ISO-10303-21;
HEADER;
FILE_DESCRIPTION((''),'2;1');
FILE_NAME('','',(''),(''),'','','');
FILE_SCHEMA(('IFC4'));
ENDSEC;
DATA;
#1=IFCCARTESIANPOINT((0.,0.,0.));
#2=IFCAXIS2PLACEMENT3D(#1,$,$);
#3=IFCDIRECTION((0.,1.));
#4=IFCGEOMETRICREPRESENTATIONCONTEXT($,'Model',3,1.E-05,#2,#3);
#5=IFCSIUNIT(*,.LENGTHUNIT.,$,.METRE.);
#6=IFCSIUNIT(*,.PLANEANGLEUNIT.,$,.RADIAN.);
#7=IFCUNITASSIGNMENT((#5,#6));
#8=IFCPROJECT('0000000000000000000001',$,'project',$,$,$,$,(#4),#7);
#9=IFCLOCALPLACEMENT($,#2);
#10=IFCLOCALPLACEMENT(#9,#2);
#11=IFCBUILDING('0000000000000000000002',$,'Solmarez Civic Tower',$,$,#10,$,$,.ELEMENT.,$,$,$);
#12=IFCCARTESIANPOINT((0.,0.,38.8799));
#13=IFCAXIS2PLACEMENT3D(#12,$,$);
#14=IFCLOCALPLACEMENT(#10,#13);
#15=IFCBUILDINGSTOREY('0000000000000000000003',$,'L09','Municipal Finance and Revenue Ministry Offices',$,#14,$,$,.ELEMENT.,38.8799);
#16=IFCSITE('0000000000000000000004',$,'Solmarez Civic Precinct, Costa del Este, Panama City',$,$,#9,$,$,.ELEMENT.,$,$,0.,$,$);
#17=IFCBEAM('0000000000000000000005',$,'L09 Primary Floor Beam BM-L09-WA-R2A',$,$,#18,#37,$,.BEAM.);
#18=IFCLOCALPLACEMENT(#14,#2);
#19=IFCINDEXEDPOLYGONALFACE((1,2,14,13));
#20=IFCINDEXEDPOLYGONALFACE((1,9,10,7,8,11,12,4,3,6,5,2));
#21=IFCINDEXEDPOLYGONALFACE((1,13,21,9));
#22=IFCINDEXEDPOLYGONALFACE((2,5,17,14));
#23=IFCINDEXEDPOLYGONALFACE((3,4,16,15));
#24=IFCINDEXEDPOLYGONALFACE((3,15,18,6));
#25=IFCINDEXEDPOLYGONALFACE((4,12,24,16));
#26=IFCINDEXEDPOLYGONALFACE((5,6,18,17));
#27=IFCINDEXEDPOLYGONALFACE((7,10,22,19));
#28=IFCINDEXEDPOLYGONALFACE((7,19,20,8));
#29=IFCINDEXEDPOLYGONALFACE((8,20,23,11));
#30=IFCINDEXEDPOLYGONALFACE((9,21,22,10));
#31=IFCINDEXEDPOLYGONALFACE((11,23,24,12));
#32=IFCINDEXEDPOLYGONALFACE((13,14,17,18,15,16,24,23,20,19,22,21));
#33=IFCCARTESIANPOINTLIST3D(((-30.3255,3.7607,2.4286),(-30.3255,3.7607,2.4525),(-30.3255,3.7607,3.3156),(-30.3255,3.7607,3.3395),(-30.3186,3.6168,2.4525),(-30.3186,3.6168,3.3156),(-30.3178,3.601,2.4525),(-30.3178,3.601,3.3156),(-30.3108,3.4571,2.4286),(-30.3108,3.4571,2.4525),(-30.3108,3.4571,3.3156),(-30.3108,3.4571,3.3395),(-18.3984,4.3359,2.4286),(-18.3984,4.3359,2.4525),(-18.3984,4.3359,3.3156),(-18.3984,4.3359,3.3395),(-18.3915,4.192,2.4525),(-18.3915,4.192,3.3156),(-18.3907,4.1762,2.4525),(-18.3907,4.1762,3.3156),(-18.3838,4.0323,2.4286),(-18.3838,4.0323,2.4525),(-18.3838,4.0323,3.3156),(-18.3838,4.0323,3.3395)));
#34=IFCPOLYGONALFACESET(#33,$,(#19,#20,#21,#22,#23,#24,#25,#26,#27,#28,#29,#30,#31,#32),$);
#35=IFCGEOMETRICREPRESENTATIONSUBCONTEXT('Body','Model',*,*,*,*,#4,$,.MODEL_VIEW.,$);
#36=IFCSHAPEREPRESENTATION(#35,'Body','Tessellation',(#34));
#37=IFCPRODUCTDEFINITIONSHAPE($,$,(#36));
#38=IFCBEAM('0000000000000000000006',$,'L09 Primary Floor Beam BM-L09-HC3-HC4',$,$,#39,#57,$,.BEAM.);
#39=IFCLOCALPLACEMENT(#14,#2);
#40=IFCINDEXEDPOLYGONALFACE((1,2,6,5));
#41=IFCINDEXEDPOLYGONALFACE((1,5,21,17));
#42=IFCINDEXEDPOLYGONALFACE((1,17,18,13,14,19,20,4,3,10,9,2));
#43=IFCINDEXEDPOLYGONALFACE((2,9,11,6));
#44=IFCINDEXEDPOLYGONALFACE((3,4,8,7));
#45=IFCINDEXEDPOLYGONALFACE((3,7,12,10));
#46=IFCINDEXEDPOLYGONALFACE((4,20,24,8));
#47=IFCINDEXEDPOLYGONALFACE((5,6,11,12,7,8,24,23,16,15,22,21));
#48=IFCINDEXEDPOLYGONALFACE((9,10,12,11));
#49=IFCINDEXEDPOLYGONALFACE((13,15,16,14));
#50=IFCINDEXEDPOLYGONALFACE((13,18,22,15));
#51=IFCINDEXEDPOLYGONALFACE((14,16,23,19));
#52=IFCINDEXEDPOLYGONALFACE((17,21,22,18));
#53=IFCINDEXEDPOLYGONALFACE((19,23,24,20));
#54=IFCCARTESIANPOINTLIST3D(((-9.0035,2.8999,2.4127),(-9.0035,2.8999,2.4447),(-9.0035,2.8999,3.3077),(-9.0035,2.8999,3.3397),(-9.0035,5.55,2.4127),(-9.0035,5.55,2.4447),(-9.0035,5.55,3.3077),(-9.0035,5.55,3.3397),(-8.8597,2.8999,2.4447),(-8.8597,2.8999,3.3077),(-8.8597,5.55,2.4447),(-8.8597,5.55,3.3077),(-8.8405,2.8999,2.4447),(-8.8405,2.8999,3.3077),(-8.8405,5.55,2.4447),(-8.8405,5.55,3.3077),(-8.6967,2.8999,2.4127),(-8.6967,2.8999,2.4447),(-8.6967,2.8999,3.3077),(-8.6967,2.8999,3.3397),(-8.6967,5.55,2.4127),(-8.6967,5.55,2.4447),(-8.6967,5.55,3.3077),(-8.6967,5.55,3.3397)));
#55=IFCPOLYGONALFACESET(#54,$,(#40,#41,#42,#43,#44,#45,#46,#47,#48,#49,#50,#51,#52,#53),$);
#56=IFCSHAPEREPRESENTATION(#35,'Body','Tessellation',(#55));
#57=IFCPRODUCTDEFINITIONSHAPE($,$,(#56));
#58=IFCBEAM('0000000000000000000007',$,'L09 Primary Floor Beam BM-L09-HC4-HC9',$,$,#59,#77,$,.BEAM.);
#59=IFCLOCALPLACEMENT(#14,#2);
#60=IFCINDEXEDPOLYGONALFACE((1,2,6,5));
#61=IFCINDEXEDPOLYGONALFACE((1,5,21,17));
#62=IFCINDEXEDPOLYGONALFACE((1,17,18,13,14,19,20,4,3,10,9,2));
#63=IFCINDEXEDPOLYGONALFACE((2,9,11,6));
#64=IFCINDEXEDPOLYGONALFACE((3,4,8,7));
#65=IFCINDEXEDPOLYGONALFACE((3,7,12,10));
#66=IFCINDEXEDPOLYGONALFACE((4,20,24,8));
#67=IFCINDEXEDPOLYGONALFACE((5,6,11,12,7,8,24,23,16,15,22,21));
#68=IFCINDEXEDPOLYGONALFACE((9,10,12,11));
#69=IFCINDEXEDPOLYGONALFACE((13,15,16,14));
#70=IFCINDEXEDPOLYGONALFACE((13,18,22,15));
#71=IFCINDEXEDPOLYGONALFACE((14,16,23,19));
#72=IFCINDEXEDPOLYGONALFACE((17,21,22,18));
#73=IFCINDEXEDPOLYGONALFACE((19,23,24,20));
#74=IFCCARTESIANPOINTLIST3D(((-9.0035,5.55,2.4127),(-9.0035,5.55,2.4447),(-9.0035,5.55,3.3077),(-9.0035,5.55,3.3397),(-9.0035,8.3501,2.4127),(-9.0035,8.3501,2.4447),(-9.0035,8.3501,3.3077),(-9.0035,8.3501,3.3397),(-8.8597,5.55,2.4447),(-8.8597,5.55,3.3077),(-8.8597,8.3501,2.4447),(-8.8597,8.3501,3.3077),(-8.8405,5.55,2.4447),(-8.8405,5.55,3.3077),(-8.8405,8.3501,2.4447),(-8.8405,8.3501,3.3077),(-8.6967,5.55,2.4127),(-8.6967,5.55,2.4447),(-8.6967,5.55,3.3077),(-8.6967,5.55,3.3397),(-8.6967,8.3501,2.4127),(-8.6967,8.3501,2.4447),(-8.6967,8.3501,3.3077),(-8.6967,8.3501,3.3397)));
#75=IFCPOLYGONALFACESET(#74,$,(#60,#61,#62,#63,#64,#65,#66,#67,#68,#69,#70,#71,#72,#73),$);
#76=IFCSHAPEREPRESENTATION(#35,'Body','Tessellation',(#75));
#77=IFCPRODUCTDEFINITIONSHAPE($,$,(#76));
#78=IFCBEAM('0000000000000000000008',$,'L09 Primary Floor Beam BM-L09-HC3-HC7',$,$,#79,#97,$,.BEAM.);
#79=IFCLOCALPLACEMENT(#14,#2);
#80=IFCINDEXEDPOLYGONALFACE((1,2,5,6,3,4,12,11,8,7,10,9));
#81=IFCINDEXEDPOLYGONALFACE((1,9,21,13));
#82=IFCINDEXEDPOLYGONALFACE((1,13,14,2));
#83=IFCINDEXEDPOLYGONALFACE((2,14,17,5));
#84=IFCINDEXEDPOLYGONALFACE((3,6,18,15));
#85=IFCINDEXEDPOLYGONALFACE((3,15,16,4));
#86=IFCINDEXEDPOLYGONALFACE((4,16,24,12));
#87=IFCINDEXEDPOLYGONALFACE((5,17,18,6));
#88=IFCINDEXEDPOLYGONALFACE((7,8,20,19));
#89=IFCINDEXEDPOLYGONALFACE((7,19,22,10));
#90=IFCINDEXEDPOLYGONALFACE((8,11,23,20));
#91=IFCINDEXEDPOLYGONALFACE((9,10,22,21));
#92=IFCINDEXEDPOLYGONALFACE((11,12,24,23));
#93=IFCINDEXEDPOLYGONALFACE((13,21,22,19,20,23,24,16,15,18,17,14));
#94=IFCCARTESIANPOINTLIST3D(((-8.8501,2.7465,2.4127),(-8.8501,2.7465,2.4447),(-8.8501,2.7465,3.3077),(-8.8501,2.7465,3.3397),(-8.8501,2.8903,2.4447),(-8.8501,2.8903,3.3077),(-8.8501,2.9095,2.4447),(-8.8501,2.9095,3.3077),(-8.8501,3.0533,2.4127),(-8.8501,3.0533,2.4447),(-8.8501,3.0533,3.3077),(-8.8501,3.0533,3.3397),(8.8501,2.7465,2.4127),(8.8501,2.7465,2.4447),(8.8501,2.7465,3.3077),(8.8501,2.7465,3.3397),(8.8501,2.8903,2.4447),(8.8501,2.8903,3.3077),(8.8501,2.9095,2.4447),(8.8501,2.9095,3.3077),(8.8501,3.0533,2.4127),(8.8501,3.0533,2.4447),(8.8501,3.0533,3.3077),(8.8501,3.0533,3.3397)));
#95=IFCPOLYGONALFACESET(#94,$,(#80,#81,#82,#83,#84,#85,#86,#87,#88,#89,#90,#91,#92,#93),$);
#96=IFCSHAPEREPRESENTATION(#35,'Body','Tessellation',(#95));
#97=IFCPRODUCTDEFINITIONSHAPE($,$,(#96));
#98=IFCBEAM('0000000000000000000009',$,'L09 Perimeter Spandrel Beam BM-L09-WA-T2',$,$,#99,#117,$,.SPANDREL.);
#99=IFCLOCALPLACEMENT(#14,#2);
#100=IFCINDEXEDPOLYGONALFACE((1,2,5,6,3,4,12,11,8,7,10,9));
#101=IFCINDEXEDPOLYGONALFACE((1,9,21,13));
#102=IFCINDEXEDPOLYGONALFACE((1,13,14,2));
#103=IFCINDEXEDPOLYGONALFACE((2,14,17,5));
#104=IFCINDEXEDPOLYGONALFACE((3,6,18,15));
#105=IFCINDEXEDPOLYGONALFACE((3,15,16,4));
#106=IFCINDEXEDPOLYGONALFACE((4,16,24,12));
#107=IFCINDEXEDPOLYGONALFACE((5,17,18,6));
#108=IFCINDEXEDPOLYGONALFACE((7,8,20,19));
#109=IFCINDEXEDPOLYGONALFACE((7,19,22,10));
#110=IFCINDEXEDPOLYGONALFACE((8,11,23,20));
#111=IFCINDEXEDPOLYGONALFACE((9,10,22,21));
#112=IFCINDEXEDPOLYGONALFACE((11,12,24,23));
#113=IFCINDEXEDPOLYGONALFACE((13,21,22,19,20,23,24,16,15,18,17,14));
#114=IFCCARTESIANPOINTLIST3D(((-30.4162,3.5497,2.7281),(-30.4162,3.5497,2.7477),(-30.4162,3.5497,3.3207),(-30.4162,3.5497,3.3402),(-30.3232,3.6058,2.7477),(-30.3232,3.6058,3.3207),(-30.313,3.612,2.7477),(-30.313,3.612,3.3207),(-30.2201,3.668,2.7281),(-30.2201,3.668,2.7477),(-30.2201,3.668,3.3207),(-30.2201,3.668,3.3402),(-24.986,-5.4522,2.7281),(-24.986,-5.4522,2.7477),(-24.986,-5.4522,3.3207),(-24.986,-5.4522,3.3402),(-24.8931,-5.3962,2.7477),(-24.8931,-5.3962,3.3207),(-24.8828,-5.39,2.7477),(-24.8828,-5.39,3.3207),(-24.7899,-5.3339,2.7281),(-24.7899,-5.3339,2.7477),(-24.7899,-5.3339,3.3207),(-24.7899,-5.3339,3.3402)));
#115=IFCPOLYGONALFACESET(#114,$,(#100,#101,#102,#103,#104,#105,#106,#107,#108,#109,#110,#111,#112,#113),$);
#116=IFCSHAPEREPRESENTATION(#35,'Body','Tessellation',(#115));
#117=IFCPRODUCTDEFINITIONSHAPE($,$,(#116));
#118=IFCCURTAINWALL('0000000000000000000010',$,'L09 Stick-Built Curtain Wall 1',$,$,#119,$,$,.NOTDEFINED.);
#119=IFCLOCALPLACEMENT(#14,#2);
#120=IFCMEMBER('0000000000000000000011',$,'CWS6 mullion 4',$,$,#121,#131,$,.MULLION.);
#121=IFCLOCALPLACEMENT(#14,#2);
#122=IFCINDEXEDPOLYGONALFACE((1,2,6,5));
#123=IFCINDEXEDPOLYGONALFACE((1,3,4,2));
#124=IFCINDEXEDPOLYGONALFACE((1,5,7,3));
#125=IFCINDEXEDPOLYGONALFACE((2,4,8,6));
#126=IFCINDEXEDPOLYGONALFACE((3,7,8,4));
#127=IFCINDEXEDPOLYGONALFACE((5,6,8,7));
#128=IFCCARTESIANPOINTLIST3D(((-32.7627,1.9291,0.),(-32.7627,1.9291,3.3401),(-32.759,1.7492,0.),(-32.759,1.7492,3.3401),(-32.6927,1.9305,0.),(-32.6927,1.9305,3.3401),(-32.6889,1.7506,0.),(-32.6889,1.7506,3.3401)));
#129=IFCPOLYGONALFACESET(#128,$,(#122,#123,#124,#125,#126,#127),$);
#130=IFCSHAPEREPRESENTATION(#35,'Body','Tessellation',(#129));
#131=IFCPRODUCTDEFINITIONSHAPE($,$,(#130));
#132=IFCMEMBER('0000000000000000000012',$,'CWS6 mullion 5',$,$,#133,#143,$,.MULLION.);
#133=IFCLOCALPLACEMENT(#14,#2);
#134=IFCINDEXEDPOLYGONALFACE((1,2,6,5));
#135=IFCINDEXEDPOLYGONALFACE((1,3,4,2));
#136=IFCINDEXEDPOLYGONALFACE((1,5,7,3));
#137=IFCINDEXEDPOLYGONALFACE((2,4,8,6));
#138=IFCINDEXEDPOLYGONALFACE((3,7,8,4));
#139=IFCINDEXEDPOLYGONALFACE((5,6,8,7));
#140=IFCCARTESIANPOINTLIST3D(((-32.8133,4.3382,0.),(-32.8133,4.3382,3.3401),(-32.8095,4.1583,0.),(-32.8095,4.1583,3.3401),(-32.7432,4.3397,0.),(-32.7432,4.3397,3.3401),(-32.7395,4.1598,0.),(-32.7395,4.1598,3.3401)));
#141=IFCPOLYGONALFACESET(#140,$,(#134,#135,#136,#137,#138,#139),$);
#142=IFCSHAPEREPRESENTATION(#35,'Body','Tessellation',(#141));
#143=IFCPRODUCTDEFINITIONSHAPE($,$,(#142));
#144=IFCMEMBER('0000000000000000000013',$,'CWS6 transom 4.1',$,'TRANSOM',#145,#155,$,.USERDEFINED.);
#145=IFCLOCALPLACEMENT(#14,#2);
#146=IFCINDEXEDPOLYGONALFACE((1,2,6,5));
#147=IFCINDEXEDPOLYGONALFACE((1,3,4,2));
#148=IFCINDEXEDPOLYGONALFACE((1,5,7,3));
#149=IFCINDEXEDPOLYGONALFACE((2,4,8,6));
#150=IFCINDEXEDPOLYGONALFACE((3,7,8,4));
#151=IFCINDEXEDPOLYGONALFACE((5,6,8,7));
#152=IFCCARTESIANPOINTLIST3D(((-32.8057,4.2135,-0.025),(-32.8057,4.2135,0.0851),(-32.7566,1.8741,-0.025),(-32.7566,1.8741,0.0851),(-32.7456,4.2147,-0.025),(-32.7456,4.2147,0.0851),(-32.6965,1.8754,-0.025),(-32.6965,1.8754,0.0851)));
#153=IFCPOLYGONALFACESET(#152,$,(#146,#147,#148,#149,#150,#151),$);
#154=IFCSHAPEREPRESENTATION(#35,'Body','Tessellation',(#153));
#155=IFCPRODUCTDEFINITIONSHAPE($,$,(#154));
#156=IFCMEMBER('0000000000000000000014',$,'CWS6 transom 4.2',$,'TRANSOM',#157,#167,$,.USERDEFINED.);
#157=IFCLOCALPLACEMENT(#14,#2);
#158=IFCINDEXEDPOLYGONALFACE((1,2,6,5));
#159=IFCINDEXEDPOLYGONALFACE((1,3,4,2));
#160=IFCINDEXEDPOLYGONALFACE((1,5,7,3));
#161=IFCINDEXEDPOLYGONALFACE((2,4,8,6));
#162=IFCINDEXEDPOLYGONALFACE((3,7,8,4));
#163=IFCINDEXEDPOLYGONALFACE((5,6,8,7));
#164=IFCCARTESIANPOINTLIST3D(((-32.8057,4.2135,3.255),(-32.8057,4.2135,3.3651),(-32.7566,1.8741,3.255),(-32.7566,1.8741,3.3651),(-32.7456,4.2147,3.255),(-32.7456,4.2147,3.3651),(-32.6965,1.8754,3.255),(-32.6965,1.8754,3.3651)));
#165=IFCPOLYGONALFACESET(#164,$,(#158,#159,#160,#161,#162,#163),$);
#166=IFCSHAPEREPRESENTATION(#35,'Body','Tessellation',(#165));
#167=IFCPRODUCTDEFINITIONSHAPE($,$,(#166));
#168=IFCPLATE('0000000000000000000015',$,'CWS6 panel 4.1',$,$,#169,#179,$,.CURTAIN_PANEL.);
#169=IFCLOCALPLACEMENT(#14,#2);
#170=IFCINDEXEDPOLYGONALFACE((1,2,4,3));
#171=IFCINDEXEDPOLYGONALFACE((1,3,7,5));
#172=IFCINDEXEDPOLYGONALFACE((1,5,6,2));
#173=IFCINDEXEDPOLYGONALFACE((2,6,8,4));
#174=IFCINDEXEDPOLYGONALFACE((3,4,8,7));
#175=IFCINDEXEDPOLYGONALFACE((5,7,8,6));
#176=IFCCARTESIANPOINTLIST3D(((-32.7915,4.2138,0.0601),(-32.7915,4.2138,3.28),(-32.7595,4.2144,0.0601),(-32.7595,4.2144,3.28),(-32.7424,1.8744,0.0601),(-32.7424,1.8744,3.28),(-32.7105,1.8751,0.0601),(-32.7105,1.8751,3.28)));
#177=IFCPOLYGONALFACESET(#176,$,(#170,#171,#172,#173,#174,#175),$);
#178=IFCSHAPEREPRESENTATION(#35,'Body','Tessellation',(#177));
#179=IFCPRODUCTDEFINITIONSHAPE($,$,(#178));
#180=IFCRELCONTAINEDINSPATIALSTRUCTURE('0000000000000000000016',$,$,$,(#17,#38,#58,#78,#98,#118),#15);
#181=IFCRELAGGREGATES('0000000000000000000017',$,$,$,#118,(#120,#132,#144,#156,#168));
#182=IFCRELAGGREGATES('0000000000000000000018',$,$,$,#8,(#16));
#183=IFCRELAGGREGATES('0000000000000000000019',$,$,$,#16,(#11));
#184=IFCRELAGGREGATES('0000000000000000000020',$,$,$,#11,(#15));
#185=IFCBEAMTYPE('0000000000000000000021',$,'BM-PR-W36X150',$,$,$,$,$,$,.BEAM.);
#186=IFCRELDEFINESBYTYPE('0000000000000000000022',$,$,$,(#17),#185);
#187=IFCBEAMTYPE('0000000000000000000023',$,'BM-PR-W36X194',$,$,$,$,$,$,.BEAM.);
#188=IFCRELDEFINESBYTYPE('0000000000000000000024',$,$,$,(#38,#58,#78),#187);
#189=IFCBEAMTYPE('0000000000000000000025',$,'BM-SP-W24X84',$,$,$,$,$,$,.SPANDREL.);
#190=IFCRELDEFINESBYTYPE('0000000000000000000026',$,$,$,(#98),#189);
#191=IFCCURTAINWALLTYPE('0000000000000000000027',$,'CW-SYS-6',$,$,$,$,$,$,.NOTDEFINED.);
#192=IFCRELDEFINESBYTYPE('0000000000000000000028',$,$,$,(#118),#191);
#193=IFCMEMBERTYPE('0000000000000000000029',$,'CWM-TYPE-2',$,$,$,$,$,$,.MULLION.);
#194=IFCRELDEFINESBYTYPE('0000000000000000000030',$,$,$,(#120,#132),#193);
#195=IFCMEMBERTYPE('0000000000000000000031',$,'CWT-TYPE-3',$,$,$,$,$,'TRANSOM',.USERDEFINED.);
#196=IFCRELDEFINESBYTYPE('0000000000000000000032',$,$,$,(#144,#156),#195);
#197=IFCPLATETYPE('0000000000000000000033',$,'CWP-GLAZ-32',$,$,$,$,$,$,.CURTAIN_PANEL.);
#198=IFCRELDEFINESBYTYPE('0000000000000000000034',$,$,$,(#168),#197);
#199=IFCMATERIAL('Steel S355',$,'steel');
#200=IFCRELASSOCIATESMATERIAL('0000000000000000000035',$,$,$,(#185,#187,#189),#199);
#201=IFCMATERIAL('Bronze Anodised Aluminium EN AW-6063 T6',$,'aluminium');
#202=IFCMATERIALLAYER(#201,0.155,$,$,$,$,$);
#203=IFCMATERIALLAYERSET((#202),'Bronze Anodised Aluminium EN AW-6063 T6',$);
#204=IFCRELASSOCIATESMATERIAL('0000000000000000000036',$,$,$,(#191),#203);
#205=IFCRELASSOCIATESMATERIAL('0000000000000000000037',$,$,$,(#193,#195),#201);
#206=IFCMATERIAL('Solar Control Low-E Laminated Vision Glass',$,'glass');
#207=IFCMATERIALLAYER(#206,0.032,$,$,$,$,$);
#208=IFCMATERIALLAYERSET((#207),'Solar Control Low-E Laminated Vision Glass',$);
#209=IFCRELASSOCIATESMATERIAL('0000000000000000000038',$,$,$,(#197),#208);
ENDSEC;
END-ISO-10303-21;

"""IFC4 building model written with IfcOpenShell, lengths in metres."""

from ifc_helpers import new_model, si_unit, direction, frame, origin, origin_2d, place, context, subcontext, project, spatial, rectangle, i_section, extrude, material, layer, layer_set, material_profile, profile_set, type_object, element, aggregate, save


model = new_model("IFC4")

# Units and contexts
model_context = context("Model", 3, precision=1e-05, world=origin(), true_north=direction((0.0, 1.0)))
body_context = subcontext(model_context, "Body", "Model", "MODEL_VIEW")
ifc_project = project(units=[si_unit("LENGTHUNIT", "METRE"), si_unit("PLANEANGLEUNIT", "RADIAN")], contexts=[model_context])

# Site, building, storey
site_placement = place(None, origin())
site = spatial("IfcSite", under=ifc_project, at=site_placement, Name="Solmarez Civic Precinct, Costa del Este, Panama City", CompositionType="ELEMENT", RefElevation=0.0)
building_placement = place(site_placement, origin())
building = spatial("IfcBuilding", under=site, at=building_placement, Name="Solmarez Civic Tower", CompositionType="ELEMENT")
storey_placement = place(building_placement, frame((0.0, 0.0, 38.8799)))
storey = spatial("IfcBuildingStorey", under=building, at=storey_placement, Name="L09", Description="Municipal Finance and Revenue Ministry Offices", CompositionType="ELEMENT", Elevation=38.8799)

# Beams
ifc_material_1 = material(Name="Steel S355", Category="steel")
ifc_material_profile_1 = material_profile(ifc_material_1, i_section(OverallWidth=0.304, OverallDepth=0.9109, WebThickness=0.0159, FlangeThickness=0.0239, at=origin_2d()), Name="W36X150")
ifc_profile_set_1 = profile_set([ifc_material_profile_1], Name="Steel S355")
beam_type_1 = type_object("IfcBeamType", Name="BM-PR-W36X150", PredefinedType="BEAM", material=ifc_profile_set_1)
beam_1_placement = place(storey_placement, frame((-18.3911, 4.1841, 2.884), z_axis=(-0.998839, -0.04817, 0.0), x_axis=(0.04817, -0.998839, 0.0)))
element("IfcBeam", 1, at=beam_1_placement, inside=storey, type_object=beam_type_1, Name="L09 Primary Floor Beam BM-L09-WA-R2A", PredefinedType="BEAM", context=body_context, shape_type="SweptSolid", body=[
    extrude(i_section(OverallWidth=0.304, OverallDepth=0.9109, WebThickness=0.0159, FlangeThickness=0.0239, at=origin_2d()), origin(), (0.0, 0.0, 1.0), 11.9409),
])
ifc_material_profile_2 = material_profile(ifc_material_1, i_section(OverallWidth=0.3069, OverallDepth=0.927, WebThickness=0.0193, FlangeThickness=0.032, at=origin_2d()), Name="W36X194")
ifc_profile_set_2 = profile_set([ifc_material_profile_2], Name="Steel S355")
beam_type_2 = type_object("IfcBeamType", Name="BM-PR-W36X194", PredefinedType="BEAM", material=ifc_profile_set_2)
beam_2_placement = place(storey_placement, frame((-8.8501, 2.8999, 2.8762), z_axis=(0.0, 1.0, 0.0), x_axis=(-1.0, 0.0, 0.0)))
element("IfcBeam", 2, at=beam_2_placement, inside=storey, type_object=beam_type_2, Name="L09 Primary Floor Beam BM-L09-HC3-HC4", PredefinedType="BEAM", context=body_context, shape_type="SweptSolid", body=[
    extrude(i_section(OverallWidth=0.3069, OverallDepth=0.927, WebThickness=0.0193, FlangeThickness=0.032, at=origin_2d()), origin(), (0.0, 0.0, 1.0), 2.6501),
])
beam_3_placement = place(storey_placement, frame((-8.8501, 5.55, 2.8762), z_axis=(0.0, 1.0, 0.0), x_axis=(-1.0, 0.0, 0.0)))
element("IfcBeam", 3, at=beam_3_placement, inside=storey, type_object=beam_type_2, Name="L09 Primary Floor Beam BM-L09-HC4-HC9", PredefinedType="BEAM", context=body_context, shape_type="SweptSolid", body=[
    extrude(i_section(OverallWidth=0.3069, OverallDepth=0.927, WebThickness=0.0193, FlangeThickness=0.032, at=origin_2d()), origin(), (0.0, 0.0, 1.0), 2.8),
])
beam_4_placement = place(storey_placement, frame((-8.8501, 2.8999, 2.8762), z_axis=(1.0, 0.0, 0.0), x_axis=(0.0, 1.0, 0.0)))
element("IfcBeam", 4, at=beam_4_placement, inside=storey, type_object=beam_type_2, Name="L09 Primary Floor Beam BM-L09-HC3-HC7", PredefinedType="BEAM", context=body_context, shape_type="SweptSolid", body=[
    extrude(i_section(OverallWidth=0.3069, OverallDepth=0.927, WebThickness=0.0193, FlangeThickness=0.032, at=origin_2d()), origin(), (0.0, 0.0, 1.0), 17.7002),
])
ifc_material_profile_3 = material_profile(ifc_material_1, i_section(OverallWidth=0.229, OverallDepth=0.6121, WebThickness=0.012, FlangeThickness=0.0195, at=origin_2d()), Name="W24X84")
ifc_profile_set_3 = profile_set([ifc_material_profile_3], Name="Steel S355")
beam_type_3 = type_object("IfcBeamType", Name="BM-SP-W24X84", PredefinedType="SPANDREL", material=ifc_profile_set_3)
beam_5_placement = place(storey_placement, frame((-30.3181, 3.6089, 3.0342), z_axis=(0.516523, -0.856273, 0.0), x_axis=(0.856273, 0.516523, 0.0)))
element("IfcBeam", 5, at=beam_5_placement, inside=storey, type_object=beam_type_3, Name="L09 Perimeter Spandrel Beam BM-L09-WA-T2", PredefinedType="SPANDREL", context=body_context, shape_type="SweptSolid", body=[
    extrude(i_section(OverallWidth=0.229, OverallDepth=0.6121, WebThickness=0.012, FlangeThickness=0.0195, at=origin_2d()), origin(), (0.0, 0.0, 1.0), 10.5129),
])

# Curtain wall, members, plate
ifc_material_2 = material(Name="Bronze Anodised Aluminium EN AW-6063 T6", Category="aluminium")
ifc_layer_1 = layer(ifc_material_2, 0.155)
ifc_layer_set_1 = layer_set([ifc_layer_1], Name="Bronze Anodised Aluminium EN AW-6063 T6")
curtain_wall_type = type_object("IfcCurtainWallType", Name="CW-SYS-6", PredefinedType="NOTDEFINED", material=ifc_layer_set_1)
curtain_wall_placement = place(storey_placement, origin())
curtain_wall = element("IfcCurtainWall", 6, at=curtain_wall_placement, inside=storey, type_object=curtain_wall_type, Name="L09 Stick-Built Curtain Wall 1", PredefinedType="NOTDEFINED")
ifc_material_profile_4 = material_profile(ifc_material_2, rectangle(XDim=0.0701, YDim=0.1799, at=origin_2d()), Name="CWM-70X180")
ifc_profile_set_4 = profile_set([ifc_material_profile_4], Name="Bronze Anodised Aluminium EN AW-6063 T6")
member_type_1 = type_object("IfcMemberType", Name="CWM-TYPE-2", PredefinedType="MULLION", material=ifc_profile_set_4)
member_1_placement = place(storey_placement, frame((-32.7258, 1.8398, 0.0), z_axis=(0.0, 0.0, 1.0), x_axis=(-0.99978, -0.020963, 0.0)))
member_1 = element("IfcMember", 7, at=member_1_placement, type_object=member_type_1, Name="CWS6 mullion 4", PredefinedType="MULLION", context=body_context, shape_type="SweptSolid", body=[
    extrude(rectangle(XDim=0.0701, YDim=0.1799, at=origin_2d()), origin(), (0.0, 0.0, 1.0), 3.3401),
])
member_2_placement = place(storey_placement, frame((-32.7764, 4.249, 0.0), z_axis=(0.0, 0.0, 1.0), x_axis=(-0.99978, -0.020963, 0.0)))
member_2 = element("IfcMember", 8, at=member_2_placement, type_object=member_type_1, Name="CWS6 mullion 5", PredefinedType="MULLION", context=body_context, shape_type="SweptSolid", body=[
    extrude(rectangle(XDim=0.0701, YDim=0.1799, at=origin_2d()), origin(), (0.0, 0.0, 1.0), 3.3401),
])
ifc_material_profile_5 = material_profile(ifc_material_2, rectangle(XDim=0.0601, YDim=0.1101, at=origin_2d()), Name="CWT-60X110")
ifc_profile_set_5 = profile_set([ifc_material_profile_5], Name="Bronze Anodised Aluminium EN AW-6063 T6")
member_type_2 = type_object("IfcMemberType", Name="CWT-TYPE-3", ElementType="TRANSOM", PredefinedType="USERDEFINED", material=ifc_profile_set_5)
member_3_placement = place(storey_placement, frame((-32.7266, 1.8748, 0.03), z_axis=(-0.020972, 0.99978, 0.0), x_axis=(-0.99978, -0.020972, 0.0)))
member_3 = element("IfcMember", 9, at=member_3_placement, type_object=member_type_2, Name="CWS6 transom 4.1", ObjectType="TRANSOM", PredefinedType="USERDEFINED", context=body_context, shape_type="SweptSolid", body=[
    extrude(rectangle(XDim=0.0601, YDim=0.1101, at=origin_2d()), origin(), (0.0, 0.0, 1.0), 2.3398),
])
member_4_placement = place(storey_placement, frame((-32.7266, 1.8748, 3.3101), z_axis=(-0.020972, 0.99978, 0.0), x_axis=(-0.99978, -0.020972, 0.0)))
member_4 = element("IfcMember", 10, at=member_4_placement, type_object=member_type_2, Name="CWS6 transom 4.2", ObjectType="TRANSOM", PredefinedType="USERDEFINED", context=body_context, shape_type="SweptSolid", body=[
    extrude(rectangle(XDim=0.0601, YDim=0.1101, at=origin_2d()), origin(), (0.0, 0.0, 1.0), 2.3398),
])
ifc_material_3 = material(Name="Solar Control Low-E Laminated Vision Glass", Category="glass")
ifc_layer_2 = layer(ifc_material_3, 0.032)
ifc_layer_set_2 = layer_set([ifc_layer_2], Name="Solar Control Low-E Laminated Vision Glass")
plate_type = type_object("IfcPlateType", Name="CWP-GLAZ-32", PredefinedType="CURTAIN_PANEL", material=ifc_layer_set_2)
plate_placement = place(storey_placement, frame((-32.751, 3.0444, 0.0601), z_axis=(0.0, 0.0, 1.0), x_axis=(-0.020963, 0.99978, 0.0)))
plate = element("IfcPlate", 11, at=plate_placement, type_object=plate_type, Name="CWS6 panel 4.1", PredefinedType="CURTAIN_PANEL", context=body_context, shape_type="SweptSolid", body=[
    extrude(rectangle(XDim=2.3398, YDim=0.032, at=origin_2d()), origin(), (0.0, 0.0, 1.0), 3.22),
])
aggregate(curtain_wall, [member_1, member_2, member_3, member_4, plate])

save(model, "model.ifc")
